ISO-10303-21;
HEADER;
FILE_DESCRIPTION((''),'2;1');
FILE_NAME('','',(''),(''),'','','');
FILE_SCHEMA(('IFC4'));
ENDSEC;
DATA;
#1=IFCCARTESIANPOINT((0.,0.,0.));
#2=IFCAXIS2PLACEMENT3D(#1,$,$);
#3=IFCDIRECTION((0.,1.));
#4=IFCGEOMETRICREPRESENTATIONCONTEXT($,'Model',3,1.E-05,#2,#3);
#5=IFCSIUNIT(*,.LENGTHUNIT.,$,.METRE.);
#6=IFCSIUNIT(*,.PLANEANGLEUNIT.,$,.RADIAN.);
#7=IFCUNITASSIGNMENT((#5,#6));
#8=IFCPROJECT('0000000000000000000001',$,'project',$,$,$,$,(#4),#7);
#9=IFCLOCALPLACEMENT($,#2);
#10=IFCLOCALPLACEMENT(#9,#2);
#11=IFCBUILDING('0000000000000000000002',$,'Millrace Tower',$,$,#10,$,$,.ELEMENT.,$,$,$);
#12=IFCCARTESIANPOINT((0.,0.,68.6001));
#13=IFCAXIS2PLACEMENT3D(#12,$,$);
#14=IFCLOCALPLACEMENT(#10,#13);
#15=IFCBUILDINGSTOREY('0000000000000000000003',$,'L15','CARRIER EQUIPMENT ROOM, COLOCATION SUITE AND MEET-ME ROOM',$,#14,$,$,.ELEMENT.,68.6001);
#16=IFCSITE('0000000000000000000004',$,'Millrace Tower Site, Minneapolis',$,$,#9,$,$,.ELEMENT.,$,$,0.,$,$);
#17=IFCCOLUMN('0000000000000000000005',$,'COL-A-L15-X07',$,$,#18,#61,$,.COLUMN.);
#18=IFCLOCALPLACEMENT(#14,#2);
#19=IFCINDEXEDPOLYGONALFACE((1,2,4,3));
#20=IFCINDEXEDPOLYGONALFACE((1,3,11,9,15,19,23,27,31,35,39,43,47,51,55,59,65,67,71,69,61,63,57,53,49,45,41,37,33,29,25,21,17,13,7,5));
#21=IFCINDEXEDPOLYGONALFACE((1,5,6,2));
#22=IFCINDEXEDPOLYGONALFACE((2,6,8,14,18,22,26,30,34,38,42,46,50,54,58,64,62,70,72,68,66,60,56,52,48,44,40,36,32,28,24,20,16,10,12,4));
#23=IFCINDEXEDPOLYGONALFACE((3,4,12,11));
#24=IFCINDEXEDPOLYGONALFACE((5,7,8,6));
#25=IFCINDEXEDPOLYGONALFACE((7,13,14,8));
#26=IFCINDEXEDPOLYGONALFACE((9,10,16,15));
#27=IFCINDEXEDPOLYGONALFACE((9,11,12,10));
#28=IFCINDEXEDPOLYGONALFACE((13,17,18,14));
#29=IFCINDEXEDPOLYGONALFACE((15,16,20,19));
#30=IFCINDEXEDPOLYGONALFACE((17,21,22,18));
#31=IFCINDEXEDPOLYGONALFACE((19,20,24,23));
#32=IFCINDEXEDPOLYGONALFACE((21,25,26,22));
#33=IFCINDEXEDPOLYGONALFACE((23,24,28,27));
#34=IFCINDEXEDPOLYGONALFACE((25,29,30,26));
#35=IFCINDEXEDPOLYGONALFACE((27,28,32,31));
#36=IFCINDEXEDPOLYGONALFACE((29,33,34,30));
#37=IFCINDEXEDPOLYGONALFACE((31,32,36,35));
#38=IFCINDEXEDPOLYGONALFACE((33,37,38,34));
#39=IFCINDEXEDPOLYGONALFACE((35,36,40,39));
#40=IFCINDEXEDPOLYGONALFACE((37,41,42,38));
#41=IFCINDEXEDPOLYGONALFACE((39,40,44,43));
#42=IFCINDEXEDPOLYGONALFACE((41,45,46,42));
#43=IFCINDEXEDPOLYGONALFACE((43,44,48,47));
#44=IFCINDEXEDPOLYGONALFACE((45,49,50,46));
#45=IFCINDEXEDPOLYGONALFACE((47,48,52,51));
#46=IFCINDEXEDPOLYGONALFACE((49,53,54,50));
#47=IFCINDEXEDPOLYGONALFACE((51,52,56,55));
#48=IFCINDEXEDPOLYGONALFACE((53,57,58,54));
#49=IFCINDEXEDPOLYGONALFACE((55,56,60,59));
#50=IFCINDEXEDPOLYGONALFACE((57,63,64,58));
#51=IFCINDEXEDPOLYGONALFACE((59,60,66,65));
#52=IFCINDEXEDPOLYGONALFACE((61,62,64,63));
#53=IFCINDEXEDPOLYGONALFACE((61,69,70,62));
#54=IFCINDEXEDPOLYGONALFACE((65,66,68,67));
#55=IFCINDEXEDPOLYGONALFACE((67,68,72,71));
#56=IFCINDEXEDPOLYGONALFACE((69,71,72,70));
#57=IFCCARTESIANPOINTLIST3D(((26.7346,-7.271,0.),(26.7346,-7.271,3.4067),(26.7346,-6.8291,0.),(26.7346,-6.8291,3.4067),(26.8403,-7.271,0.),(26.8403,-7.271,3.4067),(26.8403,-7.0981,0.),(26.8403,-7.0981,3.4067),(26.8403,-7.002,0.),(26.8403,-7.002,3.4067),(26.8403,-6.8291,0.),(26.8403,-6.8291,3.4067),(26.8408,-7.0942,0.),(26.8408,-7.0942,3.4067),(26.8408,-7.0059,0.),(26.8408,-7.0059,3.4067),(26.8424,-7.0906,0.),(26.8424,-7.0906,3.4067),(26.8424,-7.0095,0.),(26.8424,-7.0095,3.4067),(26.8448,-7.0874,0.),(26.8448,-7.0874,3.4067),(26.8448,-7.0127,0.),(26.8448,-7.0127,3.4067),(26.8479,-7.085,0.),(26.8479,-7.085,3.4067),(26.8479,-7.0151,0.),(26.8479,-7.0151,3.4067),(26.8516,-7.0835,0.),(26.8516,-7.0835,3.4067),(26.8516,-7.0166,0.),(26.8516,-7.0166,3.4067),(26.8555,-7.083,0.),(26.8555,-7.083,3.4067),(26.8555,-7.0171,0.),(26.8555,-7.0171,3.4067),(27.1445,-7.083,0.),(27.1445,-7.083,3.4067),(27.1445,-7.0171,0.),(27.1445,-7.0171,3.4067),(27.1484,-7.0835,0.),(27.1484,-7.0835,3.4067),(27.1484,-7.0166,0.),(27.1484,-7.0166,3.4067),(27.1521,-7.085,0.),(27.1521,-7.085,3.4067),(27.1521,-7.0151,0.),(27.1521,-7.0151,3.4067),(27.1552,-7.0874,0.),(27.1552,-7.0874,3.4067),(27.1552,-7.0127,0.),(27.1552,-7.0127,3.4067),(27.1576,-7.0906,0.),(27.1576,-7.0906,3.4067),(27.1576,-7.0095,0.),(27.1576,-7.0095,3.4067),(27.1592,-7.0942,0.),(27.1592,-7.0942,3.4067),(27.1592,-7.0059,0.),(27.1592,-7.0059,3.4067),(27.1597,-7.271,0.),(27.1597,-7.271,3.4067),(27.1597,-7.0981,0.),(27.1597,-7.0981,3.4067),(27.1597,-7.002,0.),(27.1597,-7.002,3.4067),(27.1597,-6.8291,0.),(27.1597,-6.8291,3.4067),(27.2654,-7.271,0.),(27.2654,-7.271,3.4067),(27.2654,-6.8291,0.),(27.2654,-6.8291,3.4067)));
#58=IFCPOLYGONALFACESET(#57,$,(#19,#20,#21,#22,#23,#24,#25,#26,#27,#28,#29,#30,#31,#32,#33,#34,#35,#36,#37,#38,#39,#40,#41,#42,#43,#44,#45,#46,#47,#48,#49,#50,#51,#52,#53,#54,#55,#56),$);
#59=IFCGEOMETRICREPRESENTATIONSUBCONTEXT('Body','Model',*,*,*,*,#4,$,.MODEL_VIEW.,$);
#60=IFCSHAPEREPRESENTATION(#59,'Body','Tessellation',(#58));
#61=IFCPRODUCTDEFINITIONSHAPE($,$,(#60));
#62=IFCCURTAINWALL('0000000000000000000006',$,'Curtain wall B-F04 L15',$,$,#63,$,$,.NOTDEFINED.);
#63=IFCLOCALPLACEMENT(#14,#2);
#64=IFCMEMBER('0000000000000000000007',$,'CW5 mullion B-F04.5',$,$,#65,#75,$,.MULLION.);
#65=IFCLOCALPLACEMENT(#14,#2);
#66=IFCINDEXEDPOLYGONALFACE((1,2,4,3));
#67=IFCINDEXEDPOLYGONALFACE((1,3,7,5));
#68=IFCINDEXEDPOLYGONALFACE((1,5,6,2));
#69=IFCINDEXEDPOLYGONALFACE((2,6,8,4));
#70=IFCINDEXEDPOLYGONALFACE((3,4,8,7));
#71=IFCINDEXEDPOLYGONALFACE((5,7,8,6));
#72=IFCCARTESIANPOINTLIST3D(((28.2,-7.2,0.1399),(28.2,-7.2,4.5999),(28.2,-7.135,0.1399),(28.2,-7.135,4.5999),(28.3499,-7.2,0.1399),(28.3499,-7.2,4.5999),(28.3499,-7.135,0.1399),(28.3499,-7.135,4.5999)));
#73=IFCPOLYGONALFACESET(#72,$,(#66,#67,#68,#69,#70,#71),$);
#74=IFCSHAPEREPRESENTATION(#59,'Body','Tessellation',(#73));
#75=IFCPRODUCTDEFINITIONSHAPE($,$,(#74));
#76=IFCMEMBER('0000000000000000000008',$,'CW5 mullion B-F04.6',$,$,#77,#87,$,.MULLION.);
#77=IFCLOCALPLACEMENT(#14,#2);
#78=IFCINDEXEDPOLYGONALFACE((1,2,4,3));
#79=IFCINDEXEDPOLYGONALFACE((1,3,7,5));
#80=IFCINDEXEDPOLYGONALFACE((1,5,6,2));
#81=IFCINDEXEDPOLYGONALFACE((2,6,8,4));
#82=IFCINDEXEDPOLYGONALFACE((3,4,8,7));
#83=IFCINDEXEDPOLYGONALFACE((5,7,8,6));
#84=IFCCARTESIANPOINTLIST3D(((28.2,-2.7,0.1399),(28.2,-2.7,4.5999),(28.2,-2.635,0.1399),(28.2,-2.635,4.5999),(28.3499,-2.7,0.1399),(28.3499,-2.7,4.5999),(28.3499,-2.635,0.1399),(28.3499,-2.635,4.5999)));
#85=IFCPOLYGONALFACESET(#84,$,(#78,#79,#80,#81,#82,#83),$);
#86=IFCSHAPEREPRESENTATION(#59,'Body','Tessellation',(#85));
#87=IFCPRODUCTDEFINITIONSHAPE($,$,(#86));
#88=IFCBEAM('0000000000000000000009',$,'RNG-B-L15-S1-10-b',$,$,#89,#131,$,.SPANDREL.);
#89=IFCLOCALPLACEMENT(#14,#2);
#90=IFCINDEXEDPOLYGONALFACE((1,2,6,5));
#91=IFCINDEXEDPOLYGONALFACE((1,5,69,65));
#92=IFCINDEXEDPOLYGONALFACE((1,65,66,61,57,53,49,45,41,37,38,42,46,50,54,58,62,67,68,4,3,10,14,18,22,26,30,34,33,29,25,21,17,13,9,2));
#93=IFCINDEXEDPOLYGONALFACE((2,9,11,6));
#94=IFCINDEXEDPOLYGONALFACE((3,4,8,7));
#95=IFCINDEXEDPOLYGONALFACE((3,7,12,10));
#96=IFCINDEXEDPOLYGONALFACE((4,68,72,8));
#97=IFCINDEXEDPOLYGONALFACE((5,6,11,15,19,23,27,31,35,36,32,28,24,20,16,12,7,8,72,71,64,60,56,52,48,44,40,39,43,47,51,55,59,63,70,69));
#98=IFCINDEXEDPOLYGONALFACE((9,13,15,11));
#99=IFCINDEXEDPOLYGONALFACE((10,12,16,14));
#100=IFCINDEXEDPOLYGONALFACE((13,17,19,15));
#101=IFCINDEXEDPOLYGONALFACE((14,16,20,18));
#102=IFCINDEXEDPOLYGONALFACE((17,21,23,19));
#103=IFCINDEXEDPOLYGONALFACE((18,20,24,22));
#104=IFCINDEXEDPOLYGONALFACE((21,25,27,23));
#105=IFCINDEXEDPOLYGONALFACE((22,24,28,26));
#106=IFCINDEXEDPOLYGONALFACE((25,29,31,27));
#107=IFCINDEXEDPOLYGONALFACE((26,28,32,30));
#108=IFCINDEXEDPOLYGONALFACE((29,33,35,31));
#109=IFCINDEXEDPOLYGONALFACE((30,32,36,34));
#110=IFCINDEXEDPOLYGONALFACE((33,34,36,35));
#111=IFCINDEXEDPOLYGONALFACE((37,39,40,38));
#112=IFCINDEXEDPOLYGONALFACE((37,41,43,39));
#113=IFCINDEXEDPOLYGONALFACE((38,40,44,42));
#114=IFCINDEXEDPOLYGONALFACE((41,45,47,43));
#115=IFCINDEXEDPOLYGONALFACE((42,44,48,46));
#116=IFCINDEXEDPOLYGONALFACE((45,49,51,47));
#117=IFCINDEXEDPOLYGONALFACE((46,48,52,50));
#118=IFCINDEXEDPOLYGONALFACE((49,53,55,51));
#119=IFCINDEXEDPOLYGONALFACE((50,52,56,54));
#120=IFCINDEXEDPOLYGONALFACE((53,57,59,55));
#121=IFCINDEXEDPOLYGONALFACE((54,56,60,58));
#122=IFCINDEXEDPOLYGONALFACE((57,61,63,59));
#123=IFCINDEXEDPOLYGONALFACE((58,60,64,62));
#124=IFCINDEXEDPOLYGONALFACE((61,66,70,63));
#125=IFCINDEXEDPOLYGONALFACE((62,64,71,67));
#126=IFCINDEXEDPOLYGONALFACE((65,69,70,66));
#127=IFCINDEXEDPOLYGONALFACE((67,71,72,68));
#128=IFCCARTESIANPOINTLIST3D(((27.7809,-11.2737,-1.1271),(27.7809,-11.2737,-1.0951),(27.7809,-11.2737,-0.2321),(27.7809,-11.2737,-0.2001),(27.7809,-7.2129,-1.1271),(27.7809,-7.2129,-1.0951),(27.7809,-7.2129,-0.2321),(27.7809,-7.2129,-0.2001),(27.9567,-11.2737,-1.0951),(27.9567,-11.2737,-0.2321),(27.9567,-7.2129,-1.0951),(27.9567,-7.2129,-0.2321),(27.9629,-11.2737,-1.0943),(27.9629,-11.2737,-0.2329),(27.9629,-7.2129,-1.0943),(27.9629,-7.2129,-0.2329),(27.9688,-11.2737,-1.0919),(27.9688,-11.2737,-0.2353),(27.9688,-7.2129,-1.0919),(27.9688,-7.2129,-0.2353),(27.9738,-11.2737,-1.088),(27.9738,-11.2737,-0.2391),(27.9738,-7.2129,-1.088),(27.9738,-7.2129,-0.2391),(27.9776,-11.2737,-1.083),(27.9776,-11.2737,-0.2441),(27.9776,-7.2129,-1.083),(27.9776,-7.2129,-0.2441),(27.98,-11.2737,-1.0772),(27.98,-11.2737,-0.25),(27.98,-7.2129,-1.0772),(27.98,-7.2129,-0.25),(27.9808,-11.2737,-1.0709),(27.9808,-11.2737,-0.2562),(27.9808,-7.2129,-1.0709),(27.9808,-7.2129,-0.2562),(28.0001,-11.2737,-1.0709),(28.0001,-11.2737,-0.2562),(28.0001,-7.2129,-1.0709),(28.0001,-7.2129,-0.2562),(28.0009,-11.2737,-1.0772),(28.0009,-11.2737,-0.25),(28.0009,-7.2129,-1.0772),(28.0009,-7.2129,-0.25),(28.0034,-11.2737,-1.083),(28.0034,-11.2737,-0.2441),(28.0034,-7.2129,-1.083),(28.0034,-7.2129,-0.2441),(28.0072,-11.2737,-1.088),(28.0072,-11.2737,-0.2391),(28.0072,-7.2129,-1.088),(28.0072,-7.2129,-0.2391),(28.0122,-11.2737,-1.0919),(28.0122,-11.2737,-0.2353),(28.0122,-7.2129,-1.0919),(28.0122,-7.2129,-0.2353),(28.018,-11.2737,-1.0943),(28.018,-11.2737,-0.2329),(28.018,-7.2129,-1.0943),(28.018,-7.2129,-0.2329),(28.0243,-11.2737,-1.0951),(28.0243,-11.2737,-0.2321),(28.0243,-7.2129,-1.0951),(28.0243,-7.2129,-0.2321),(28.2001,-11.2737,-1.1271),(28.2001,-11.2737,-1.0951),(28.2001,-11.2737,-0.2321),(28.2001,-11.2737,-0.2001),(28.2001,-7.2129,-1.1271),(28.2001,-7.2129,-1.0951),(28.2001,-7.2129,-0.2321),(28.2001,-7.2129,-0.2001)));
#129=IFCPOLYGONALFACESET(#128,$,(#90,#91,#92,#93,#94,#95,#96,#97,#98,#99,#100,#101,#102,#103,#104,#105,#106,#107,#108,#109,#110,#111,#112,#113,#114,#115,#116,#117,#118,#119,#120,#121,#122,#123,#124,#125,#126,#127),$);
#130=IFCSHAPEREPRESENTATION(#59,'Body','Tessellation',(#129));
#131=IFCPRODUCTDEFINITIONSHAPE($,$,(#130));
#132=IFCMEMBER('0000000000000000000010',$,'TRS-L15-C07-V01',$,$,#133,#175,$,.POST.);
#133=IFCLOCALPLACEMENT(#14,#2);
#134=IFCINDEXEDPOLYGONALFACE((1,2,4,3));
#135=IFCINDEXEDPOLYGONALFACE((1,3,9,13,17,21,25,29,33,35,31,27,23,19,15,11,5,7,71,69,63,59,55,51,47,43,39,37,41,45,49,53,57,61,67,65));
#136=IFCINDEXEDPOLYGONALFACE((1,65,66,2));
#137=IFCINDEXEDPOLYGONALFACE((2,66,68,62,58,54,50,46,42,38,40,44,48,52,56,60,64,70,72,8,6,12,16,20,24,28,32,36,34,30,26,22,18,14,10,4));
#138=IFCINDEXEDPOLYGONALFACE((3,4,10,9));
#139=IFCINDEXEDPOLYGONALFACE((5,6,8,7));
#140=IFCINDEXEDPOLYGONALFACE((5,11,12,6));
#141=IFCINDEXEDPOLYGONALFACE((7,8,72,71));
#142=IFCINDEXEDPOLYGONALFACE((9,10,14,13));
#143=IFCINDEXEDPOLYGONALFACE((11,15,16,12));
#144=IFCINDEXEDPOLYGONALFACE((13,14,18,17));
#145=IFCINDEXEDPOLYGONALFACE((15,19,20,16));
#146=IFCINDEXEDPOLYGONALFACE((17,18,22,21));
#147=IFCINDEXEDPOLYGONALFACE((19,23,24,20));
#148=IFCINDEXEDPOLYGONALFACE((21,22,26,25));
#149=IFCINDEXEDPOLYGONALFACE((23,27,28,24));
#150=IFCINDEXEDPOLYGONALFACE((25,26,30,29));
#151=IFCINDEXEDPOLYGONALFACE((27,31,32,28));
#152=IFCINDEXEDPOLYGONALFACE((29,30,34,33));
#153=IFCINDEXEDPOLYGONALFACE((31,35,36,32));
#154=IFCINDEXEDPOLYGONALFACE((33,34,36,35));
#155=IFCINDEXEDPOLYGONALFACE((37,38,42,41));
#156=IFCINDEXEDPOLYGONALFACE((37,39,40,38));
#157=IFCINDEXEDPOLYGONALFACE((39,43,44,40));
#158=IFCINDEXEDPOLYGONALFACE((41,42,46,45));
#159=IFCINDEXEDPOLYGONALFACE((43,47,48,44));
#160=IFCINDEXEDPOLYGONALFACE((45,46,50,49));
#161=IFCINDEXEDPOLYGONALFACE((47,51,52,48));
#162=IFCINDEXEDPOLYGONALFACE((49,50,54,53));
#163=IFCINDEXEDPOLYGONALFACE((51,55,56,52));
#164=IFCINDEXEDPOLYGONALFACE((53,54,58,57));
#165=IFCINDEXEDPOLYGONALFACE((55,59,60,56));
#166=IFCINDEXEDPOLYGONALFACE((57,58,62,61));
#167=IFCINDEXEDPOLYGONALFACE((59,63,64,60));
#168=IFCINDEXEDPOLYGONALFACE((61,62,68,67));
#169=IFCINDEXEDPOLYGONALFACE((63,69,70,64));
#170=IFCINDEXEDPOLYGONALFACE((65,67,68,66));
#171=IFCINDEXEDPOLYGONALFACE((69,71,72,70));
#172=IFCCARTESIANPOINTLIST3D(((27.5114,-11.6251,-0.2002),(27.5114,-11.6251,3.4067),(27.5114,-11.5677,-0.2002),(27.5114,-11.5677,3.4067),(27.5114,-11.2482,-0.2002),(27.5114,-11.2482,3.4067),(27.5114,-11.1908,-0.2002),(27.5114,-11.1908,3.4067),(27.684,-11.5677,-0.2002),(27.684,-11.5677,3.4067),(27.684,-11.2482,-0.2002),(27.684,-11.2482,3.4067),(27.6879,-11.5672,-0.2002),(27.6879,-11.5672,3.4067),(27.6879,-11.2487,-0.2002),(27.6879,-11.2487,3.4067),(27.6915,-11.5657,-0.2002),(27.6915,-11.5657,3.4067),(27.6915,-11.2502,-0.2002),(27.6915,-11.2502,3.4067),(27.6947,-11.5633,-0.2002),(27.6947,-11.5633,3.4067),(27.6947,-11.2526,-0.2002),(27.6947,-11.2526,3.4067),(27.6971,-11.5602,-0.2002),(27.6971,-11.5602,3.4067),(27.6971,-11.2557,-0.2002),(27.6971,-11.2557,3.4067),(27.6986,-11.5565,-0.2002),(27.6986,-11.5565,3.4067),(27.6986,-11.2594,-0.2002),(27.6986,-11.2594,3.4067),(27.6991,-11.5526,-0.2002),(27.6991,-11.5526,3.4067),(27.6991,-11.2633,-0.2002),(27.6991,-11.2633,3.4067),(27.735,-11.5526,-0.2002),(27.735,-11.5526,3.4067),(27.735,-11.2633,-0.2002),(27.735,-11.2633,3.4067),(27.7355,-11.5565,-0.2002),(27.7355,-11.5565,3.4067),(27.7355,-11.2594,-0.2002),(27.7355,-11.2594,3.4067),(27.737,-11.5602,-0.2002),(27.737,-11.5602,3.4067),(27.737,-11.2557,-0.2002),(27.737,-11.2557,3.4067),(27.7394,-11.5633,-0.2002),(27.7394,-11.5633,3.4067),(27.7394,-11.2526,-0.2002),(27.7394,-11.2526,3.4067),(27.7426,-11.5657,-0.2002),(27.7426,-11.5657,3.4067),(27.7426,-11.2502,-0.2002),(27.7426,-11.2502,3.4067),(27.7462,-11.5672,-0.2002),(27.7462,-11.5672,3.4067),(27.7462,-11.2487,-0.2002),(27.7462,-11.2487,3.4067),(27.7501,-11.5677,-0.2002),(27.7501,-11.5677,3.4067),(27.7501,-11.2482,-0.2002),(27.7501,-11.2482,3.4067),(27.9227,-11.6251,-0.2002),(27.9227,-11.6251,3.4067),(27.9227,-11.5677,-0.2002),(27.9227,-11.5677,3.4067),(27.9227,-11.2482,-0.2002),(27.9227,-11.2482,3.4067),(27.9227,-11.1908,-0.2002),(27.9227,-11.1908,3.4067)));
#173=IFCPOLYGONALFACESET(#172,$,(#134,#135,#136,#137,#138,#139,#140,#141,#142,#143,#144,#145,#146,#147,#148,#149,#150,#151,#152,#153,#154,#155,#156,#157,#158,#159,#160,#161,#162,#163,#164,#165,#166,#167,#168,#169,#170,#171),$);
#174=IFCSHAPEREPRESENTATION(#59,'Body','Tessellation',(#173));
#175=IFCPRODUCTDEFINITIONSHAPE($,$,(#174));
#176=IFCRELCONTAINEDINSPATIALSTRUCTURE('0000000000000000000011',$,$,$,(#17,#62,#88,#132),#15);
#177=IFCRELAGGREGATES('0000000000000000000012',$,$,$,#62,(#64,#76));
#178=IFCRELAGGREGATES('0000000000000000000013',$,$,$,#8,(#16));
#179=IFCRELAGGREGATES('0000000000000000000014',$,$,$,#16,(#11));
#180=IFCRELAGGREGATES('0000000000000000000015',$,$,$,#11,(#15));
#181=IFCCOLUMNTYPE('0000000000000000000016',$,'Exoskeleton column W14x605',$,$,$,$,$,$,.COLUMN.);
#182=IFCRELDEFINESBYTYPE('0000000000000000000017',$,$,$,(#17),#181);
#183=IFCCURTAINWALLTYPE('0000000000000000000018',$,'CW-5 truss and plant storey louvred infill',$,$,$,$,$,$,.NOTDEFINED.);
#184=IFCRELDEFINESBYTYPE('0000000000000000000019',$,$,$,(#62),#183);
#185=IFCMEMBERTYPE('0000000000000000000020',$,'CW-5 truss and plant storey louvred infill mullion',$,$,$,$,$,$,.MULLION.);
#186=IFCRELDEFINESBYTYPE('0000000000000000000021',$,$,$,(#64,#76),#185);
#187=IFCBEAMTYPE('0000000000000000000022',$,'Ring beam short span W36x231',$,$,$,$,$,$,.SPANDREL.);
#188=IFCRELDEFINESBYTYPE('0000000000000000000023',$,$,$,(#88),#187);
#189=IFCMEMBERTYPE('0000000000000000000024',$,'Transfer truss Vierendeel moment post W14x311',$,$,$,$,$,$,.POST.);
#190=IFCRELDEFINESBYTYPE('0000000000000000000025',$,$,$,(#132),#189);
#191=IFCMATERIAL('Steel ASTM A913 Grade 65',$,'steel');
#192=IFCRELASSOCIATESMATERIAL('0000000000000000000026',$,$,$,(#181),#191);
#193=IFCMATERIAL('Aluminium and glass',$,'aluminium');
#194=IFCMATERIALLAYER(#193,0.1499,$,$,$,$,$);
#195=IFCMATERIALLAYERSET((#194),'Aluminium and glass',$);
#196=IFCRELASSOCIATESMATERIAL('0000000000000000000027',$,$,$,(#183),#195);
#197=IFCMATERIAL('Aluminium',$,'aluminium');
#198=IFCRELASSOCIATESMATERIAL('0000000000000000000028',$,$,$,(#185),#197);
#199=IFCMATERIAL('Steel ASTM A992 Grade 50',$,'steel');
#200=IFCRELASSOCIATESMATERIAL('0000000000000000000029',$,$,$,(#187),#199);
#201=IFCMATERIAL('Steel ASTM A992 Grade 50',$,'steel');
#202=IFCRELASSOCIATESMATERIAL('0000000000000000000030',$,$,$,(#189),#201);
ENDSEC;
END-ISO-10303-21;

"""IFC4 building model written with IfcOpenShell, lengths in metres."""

from ifc_helpers import new_model, si_unit, direction, frame, origin, origin_2d, place, context, subcontext, project, spatial, rectangle, i_section, extrude, material, layer, layer_set, material_profile, profile_set, type_object, element, aggregate, save


model = new_model("IFC4")

# Units and contexts
model_context = context("Model", 3, precision=1e-05, world=origin(), true_north=direction((0.0, 1.0)))
body_context = subcontext(model_context, "Body", "Model", "MODEL_VIEW")
ifc_project = project(units=[si_unit("LENGTHUNIT", "METRE"), si_unit("PLANEANGLEUNIT", "RADIAN")], contexts=[model_context])

# Site, building, storey
site_placement = place(None, origin())
site = spatial("IfcSite", under=ifc_project, at=site_placement, Name="Millrace Tower Site, Minneapolis", CompositionType="ELEMENT", RefElevation=0.0)
building_placement = place(site_placement, origin())
building = spatial("IfcBuilding", under=site, at=building_placement, Name="Millrace Tower", CompositionType="ELEMENT")
storey_placement = place(building_placement, frame((0.0, 0.0, 68.6001)))
storey = spatial("IfcBuildingStorey", under=building, at=storey_placement, Name="L15", Description="CARRIER EQUIPMENT ROOM, COLOCATION SUITE AND MEET-ME ROOM", CompositionType="ELEMENT", Elevation=68.6001)

# Column
ifc_material_1 = material(Name="Steel ASTM A913 Grade 65", Category="steel")
ifc_material_profile_1 = material_profile(ifc_material_1, i_section(OverallWidth=0.4419, OverallDepth=0.5308, WebThickness=0.0659, FlangeThickness=0.1057, FilletRadius=0.0151, at=origin_2d()))
ifc_profile_set_1 = profile_set([ifc_material_profile_1], Name="Steel ASTM A913 Grade 65")
column_type = type_object("IfcColumnType", Name="Exoskeleton column W14x605", PredefinedType="COLUMN", material=ifc_profile_set_1)
column_placement = place(storey_placement, frame((27.0, -7.05, 0.0), z_axis=(0.0, 0.0, 1.0), x_axis=(0.0, 1.0, 0.0)))
element("IfcColumn", 1, at=column_placement, inside=storey, type_object=column_type, Name="COL-A-L15-X07", PredefinedType="COLUMN", context=body_context, shape_type="SweptSolid", body=[
    extrude(i_section(OverallWidth=0.4419, OverallDepth=0.5308, WebThickness=0.0659, FlangeThickness=0.1057, FilletRadius=0.0151, at=origin_2d()), origin(), (0.0, 0.0, 1.0), 3.4067),
])

# Curtain wall, members
ifc_material_2 = material(Name="Aluminium and glass", Category="aluminium")
ifc_layer_1 = layer(ifc_material_2, 0.1499)
ifc_layer_set_1 = layer_set([ifc_layer_1], Name="Aluminium and glass")
curtain_wall_type = type_object("IfcCurtainWallType", Name="CW-5 truss and plant storey louvred infill", PredefinedType="NOTDEFINED", material=ifc_layer_set_1)
curtain_wall_placement = place(storey_placement, origin())
curtain_wall = element("IfcCurtainWall", 2, at=curtain_wall_placement, inside=storey, type_object=curtain_wall_type, Name="Curtain wall B-F04 L15", PredefinedType="NOTDEFINED")
ifc_material_3 = material(Name="Aluminium", Category="aluminium")
ifc_material_profile_2 = material_profile(ifc_material_3, rectangle(XDim=0.0649, YDim=0.1499, at=origin_2d()))
ifc_profile_set_2 = profile_set([ifc_material_profile_2], Name="Aluminium")
member_type_1 = type_object("IfcMemberType", Name="CW-5 truss and plant storey louvred infill mullion", PredefinedType="MULLION", material=ifc_profile_set_2)
member_1_placement = place(storey_placement, frame((28.2749, -7.1675, 0.1399), z_axis=(0.0, 0.0, 1.0), x_axis=(0.0, 1.0, 0.0)))
member_1 = element("IfcMember", 3, at=member_1_placement, type_object=member_type_1, Name="CW5 mullion B-F04.5", PredefinedType="MULLION", context=body_context, shape_type="SweptSolid", body=[
    extrude(rectangle(XDim=0.0649, YDim=0.1499, at=origin_2d()), origin(), (0.0, 0.0, 1.0), 4.46),
])
member_2_placement = place(storey_placement, frame((28.2749, -2.6675, 0.1399), z_axis=(0.0, 0.0, 1.0), x_axis=(0.0, 1.0, 0.0)))
member_2 = element("IfcMember", 4, at=member_2_placement, type_object=member_type_1, Name="CW5 mullion B-F04.6", PredefinedType="MULLION", context=body_context, shape_type="SweptSolid", body=[
    extrude(rectangle(XDim=0.0649, YDim=0.1499, at=origin_2d()), origin(), (0.0, 0.0, 1.0), 4.46),
])
aggregate(curtain_wall, [member_1, member_2])

# Beam
ifc_material_4 = material(Name="Steel ASTM A992 Grade 50", Category="steel")
ifc_material_profile_3 = material_profile(ifc_material_4, i_section(OverallWidth=0.4192, OverallDepth=0.927, WebThickness=0.0193, FlangeThickness=0.032, FilletRadius=0.0242, at=origin_2d()))
ifc_profile_set_3 = profile_set([ifc_material_profile_3], Name="Steel ASTM A992 Grade 50")
beam_type_1 = type_object("IfcBeamType", Name="Ring beam short span W36x231", PredefinedType="SPANDREL", material=ifc_profile_set_3)
beam_placement = place(storey_placement, frame((27.9905, -7.2129, -0.6636), z_axis=(0.0, -1.0, 0.0), x_axis=(1.0, 0.0, 0.0)))
element("IfcBeam", 5, at=beam_placement, inside=storey, type_object=beam_type_1, Name="RNG-B-L15-S1-10-b", PredefinedType="SPANDREL", context=body_context, shape_type="SweptSolid", body=[
    extrude(i_section(OverallWidth=0.4192, OverallDepth=0.927, WebThickness=0.0193, FlangeThickness=0.032, FilletRadius=0.0242, at=origin_2d()), origin(), (0.0, 0.0, 1.0), 4.0608),
])

# Member
ifc_material_5 = material(Name="Steel ASTM A992 Grade 50", Category="steel")
ifc_material_profile_4 = material_profile(ifc_material_5, i_section(OverallWidth=0.4114, OverallDepth=0.4343, WebThickness=0.0359, FlangeThickness=0.0574, FilletRadius=0.0151, at=origin_2d()))
ifc_profile_set_4 = profile_set([ifc_material_profile_4], Name="Steel ASTM A992 Grade 50")
member_type_2 = type_object("IfcMemberType", Name="Transfer truss Vierendeel moment post W14x311", PredefinedType="POST", material=ifc_profile_set_4)
for number, where, z_axis, x_axis, name in (
    (6, (27.717, -11.408, -0.2002), (0.0, 0.0, 1.0), (1.0, 0.0, 0.0), "TRS-L15-C07-V01"),
):
    element("IfcMember", number, at=place(storey_placement, frame(where, z_axis=z_axis, x_axis=x_axis)), inside=storey, type_object=member_type_2, Name=name, PredefinedType="POST", context=body_context, shape_type="SweptSolid", body=[
        extrude(i_section(OverallWidth=0.4114, OverallDepth=0.4343, WebThickness=0.0359, FlangeThickness=0.0574, FilletRadius=0.0151, at=origin_2d()), origin(), (0.0, 0.0, 1.0), 3.6069),
    ])

save(model, "model.ifc")
